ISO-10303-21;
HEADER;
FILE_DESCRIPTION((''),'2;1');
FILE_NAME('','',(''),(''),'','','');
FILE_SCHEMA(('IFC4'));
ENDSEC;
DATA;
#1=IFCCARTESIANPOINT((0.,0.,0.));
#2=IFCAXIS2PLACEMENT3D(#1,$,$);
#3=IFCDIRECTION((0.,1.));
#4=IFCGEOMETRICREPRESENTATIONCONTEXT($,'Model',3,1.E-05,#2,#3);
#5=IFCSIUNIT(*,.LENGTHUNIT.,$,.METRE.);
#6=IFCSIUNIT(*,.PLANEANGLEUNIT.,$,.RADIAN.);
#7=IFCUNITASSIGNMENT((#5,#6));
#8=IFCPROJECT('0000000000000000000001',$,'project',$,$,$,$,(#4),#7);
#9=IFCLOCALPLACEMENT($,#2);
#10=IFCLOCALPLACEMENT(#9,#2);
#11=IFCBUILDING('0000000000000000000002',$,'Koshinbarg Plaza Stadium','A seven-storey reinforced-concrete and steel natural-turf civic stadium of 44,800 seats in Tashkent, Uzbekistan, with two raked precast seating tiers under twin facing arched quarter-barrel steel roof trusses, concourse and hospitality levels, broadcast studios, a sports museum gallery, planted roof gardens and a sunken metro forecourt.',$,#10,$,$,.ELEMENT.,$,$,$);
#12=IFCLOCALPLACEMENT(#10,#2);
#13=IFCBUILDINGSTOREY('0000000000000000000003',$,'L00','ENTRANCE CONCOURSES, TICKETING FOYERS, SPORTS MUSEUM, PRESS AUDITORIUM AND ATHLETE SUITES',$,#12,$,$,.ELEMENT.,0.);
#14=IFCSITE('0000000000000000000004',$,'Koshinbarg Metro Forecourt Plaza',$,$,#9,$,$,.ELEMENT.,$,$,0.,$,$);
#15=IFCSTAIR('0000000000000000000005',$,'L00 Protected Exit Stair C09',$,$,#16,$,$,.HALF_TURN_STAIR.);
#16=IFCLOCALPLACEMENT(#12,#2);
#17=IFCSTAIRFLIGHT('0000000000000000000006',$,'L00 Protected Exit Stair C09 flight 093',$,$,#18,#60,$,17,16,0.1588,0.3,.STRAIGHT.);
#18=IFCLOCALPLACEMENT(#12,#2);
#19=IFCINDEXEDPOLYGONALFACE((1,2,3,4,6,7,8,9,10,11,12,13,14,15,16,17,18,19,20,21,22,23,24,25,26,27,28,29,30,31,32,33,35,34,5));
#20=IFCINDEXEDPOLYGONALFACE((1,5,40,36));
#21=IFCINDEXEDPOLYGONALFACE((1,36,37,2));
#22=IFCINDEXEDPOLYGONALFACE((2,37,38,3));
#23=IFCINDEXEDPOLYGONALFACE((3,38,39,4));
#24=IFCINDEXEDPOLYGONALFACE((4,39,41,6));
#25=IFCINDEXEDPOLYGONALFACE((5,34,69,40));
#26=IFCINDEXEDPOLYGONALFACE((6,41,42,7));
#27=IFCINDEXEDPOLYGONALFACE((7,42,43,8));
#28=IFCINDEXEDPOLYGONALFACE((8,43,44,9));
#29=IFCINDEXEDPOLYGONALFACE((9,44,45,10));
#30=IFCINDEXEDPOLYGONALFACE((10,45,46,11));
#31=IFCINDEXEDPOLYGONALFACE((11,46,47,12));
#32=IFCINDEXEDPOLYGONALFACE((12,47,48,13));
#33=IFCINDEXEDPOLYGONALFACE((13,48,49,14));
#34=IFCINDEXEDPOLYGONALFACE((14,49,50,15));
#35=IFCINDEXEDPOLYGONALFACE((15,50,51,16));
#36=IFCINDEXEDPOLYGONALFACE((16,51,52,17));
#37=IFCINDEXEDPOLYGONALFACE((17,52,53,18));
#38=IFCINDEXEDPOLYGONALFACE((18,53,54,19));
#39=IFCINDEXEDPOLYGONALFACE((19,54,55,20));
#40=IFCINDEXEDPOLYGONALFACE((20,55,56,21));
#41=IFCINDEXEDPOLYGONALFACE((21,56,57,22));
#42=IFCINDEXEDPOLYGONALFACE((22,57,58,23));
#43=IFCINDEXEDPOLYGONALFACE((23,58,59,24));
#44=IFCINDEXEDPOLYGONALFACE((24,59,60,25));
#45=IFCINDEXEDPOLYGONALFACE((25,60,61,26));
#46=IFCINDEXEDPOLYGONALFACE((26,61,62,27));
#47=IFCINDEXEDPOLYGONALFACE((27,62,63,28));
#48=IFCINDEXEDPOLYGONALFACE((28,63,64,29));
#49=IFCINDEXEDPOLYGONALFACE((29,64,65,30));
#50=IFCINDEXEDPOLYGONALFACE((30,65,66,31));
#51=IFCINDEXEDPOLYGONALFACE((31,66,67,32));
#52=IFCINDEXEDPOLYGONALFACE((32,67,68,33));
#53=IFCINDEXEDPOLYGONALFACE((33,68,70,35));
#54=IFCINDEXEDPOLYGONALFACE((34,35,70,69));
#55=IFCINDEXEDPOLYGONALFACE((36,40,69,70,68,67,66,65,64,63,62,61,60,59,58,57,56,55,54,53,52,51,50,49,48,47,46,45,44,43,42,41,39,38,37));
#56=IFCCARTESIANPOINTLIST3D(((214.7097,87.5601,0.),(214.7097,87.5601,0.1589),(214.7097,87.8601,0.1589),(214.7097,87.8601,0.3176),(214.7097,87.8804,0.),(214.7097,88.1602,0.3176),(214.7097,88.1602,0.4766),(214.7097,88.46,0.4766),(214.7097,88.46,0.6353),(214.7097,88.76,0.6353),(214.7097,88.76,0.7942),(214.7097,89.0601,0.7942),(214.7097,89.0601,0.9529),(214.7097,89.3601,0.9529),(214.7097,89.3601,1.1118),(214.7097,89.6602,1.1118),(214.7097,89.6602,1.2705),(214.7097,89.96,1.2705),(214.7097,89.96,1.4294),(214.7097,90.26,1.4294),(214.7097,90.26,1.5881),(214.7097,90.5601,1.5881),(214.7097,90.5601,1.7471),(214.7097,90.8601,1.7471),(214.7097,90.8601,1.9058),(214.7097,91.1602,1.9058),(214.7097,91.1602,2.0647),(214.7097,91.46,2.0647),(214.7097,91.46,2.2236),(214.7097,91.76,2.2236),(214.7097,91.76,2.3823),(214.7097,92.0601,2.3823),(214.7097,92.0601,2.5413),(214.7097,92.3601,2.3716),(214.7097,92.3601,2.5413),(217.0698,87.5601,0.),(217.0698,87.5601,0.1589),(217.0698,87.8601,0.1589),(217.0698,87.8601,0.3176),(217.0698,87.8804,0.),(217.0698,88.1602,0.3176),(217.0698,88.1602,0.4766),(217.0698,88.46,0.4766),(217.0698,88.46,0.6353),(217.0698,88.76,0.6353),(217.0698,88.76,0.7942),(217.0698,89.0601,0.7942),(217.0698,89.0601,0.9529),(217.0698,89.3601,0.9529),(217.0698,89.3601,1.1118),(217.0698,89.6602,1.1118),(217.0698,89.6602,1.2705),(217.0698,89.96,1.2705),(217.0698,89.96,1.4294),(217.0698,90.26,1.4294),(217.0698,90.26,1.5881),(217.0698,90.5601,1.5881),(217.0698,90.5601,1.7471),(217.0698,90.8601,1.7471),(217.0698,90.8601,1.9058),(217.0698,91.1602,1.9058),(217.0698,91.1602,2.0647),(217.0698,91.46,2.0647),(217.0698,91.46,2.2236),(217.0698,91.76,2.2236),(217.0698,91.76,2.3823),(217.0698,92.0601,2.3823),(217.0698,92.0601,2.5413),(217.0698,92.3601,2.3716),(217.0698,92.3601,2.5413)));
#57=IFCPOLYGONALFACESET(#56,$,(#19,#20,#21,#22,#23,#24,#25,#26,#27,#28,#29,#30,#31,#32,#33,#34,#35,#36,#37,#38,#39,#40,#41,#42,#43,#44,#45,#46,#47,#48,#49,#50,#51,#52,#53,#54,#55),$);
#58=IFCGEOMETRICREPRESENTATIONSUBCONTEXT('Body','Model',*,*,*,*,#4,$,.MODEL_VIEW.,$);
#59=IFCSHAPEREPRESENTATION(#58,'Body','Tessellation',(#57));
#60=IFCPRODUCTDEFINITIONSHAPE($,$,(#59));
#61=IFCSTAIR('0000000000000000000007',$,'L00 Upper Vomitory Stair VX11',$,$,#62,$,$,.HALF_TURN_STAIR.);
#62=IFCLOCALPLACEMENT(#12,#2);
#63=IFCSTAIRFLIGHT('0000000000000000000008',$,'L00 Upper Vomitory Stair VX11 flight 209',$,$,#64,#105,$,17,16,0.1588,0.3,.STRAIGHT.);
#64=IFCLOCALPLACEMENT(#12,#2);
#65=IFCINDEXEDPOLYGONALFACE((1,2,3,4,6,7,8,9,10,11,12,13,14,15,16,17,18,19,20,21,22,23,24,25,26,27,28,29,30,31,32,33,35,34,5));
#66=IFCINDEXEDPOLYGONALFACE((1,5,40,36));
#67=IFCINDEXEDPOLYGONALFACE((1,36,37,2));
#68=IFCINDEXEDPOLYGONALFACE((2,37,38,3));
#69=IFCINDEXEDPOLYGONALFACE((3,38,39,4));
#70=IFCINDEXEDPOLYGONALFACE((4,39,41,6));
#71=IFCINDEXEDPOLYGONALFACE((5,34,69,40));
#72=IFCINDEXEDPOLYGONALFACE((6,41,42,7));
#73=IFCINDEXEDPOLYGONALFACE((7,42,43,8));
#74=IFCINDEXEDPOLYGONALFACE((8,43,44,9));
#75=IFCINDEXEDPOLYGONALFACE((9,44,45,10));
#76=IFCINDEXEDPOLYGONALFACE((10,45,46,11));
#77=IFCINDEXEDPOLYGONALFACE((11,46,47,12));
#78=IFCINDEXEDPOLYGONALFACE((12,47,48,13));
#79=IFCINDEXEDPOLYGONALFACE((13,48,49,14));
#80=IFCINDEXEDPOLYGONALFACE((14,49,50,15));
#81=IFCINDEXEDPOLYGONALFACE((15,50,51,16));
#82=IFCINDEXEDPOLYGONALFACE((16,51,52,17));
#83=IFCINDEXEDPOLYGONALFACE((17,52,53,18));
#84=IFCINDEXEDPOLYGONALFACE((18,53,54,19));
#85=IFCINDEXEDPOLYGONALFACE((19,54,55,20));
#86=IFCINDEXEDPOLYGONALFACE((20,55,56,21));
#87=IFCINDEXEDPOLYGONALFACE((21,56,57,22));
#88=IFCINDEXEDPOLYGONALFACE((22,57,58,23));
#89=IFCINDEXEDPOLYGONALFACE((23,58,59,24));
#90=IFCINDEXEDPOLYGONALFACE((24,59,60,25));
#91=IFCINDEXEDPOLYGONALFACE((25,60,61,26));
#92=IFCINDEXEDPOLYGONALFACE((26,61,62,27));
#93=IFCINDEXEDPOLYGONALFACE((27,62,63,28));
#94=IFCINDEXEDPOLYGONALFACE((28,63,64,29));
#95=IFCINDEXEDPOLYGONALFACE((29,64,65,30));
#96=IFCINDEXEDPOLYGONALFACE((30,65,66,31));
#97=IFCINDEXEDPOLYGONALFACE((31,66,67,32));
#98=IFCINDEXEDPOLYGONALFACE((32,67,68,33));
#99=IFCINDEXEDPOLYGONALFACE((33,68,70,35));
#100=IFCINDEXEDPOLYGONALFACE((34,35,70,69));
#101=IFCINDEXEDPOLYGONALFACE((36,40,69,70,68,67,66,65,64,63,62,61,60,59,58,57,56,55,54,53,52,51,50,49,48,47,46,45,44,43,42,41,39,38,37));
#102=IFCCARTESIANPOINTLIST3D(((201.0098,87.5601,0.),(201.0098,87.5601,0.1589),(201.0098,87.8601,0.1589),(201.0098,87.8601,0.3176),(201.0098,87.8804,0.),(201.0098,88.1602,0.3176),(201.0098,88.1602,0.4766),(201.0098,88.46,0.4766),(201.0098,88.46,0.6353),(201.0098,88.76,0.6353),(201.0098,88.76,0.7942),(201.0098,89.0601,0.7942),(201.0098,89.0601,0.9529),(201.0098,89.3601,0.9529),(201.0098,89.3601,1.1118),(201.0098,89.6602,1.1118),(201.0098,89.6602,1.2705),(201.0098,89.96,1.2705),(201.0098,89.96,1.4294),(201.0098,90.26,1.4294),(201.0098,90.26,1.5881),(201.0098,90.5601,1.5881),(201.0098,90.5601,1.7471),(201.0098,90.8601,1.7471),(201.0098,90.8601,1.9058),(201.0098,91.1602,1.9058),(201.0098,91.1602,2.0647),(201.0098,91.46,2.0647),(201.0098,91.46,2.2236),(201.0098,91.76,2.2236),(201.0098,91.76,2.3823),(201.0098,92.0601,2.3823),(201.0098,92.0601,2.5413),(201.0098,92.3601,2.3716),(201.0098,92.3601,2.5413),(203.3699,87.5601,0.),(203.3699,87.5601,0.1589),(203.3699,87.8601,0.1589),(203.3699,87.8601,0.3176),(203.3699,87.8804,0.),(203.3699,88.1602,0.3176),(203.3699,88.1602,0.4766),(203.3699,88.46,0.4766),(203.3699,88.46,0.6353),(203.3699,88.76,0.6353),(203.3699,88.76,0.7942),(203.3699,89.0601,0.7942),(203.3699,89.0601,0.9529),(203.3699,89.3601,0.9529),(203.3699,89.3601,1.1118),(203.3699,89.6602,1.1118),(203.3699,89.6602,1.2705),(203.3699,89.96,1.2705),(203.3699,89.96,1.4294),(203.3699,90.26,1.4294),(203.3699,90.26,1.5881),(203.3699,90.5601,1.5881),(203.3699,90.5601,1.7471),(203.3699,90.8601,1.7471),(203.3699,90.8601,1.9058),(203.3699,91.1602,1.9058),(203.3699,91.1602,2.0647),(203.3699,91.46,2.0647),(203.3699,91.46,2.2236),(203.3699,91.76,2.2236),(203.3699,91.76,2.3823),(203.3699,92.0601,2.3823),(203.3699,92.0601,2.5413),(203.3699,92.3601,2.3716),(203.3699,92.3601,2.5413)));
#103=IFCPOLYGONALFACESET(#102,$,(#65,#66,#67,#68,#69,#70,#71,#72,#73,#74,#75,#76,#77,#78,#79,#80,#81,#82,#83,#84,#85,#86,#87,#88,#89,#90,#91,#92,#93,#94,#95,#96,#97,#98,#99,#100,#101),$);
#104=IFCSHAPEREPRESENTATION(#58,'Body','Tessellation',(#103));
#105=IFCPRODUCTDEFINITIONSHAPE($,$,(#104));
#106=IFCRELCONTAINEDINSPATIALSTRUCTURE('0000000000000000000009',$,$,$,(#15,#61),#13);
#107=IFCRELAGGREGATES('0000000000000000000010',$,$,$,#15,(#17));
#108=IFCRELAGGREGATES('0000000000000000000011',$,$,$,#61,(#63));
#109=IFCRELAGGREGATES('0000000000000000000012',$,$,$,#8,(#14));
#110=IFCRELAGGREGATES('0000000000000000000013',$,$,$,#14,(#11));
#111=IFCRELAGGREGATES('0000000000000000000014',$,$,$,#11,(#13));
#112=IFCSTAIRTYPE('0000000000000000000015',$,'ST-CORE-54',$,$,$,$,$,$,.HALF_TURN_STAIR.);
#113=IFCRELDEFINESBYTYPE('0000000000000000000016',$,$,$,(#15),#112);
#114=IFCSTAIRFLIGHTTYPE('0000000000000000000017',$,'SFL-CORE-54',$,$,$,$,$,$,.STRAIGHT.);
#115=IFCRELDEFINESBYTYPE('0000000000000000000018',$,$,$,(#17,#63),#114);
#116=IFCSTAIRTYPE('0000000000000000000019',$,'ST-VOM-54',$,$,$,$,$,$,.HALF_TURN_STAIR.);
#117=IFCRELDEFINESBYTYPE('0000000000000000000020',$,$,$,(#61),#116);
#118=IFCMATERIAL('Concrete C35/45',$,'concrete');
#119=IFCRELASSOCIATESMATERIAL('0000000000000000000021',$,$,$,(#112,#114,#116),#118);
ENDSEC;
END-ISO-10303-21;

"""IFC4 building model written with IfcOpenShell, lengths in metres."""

from ifc_helpers import new_model, si_unit, direction, frame, origin, place, context, subcontext, project, spatial, polyline, outline, extrude, material, type_object, element, aggregate, save


model = new_model("IFC4")

# Units and contexts
model_context = context("Model", 3, precision=1e-05, world=origin(), true_north=direction((0.0, 1.0)))
body_context = subcontext(model_context, "Body", "Model", "MODEL_VIEW")
ifc_project = project(units=[si_unit("LENGTHUNIT", "METRE"), si_unit("PLANEANGLEUNIT", "RADIAN")], contexts=[model_context])

# Site, building, storey
site_placement = place(None, origin())
site = spatial("IfcSite", under=ifc_project, at=site_placement, Name="Koshinbarg Metro Forecourt Plaza", CompositionType="ELEMENT", RefElevation=0.0)
building_placement = place(site_placement, origin())
building = spatial("IfcBuilding", under=site, at=building_placement, Name="Koshinbarg Plaza Stadium", Description="A seven-storey reinforced-concrete and steel natural-turf civic stadium of 44,800 seats in Tashkent, Uzbekistan, with two raked precast seating tiers under twin facing arched quarter-barrel steel roof trusses, concourse and hospitality levels, broadcast studios, a sports museum gallery, planted roof gardens and a sunken metro forecourt.", CompositionType="ELEMENT")
storey_placement = place(building_placement, origin())
storey = spatial("IfcBuildingStorey", under=building, at=storey_placement, Name="L00", Description="ENTRANCE CONCOURSES, TICKETING FOYERS, SPORTS MUSEUM, PRESS AUDITORIUM AND ATHLETE SUITES", CompositionType="ELEMENT", Elevation=0.0)

# Shared definitions
ifc_material_1 = material(Name="Concrete C35/45", Category="concrete")

# Stairs, stair flights
stair_type_1 = type_object("IfcStairType", Name="ST-CORE-54", PredefinedType="HALF_TURN_STAIR", material=ifc_material_1)
stair_1_placement = place(storey_placement, origin())
stair_1 = element("IfcStair", 1, at=stair_1_placement, inside=storey, type_object=stair_type_1, Name="L00 Protected Exit Stair C09", PredefinedType="HALF_TURN_STAIR")
stair_flight_type = type_object("IfcStairFlightType", Name="SFL-CORE-54", PredefinedType="STRAIGHT", material=ifc_material_1)
stair_flight_1_placement = place(storey_placement, frame((215.8899, 87.5601, 0.0), z_axis=(0.0, 0.0, 1.0), x_axis=(0.0, 1.0, 0.0)))
stair_flight_1 = element("IfcStairFlight", 2, at=stair_flight_1_placement, type_object=stair_flight_type, Name="L00 Protected Exit Stair C09 flight 093", NumberOfRisers=17, NumberOfTreads=16, PredefinedType="STRAIGHT", RiserHeight=0.1588, TreadLength=0.3, context=body_context, shape_type="SweptSolid", body=[
    extrude(outline(polyline([(0.0, 0.0), (0.0, 0.1589), (0.3, 0.1589), (0.3, 0.3176), (0.6001, 0.3176), (0.6001, 0.4766), (0.8999, 0.4766), (0.8999, 0.6353), (1.2, 0.6353), (1.2, 0.7942), (1.5, 0.7942), (1.5, 0.9529), (1.8, 0.9529), (1.8, 1.1118), (2.1001, 1.1118), (2.1001, 1.2705), (2.3999, 1.2705), (2.3999, 1.4294), (2.7, 1.4294), (2.7, 1.5881), (3.0, 1.5881), (3.0, 1.7471), (3.3, 1.7471), (3.3, 1.9058), (3.6001, 1.9058), (3.6001, 2.0647), (3.8999, 2.0647), (3.8999, 2.2236), (4.2, 2.2236), (4.2, 2.3823), (4.5, 2.3823), (4.5, 2.5413), (4.8, 2.5413), (4.8, 2.7), (4.8, 2.3716), (0.3203, 0.0), (0.0, 0.0)])), frame((0.0, 1.1802, 0.0), z_axis=(0.0, -1.0, 0.0), x_axis=(1.0, 0.0, 0.0)), (0.0, 0.0, 1.0), 2.3601),
])
aggregate(stair_1, [stair_flight_1])
stair_type_2 = type_object("IfcStairType", Name="ST-VOM-54", PredefinedType="HALF_TURN_STAIR", material=ifc_material_1)
stair_2_placement = place(storey_placement, origin())
stair_2 = element("IfcStair", 3, at=stair_2_placement, inside=storey, type_object=stair_type_2, Name="L00 Upper Vomitory Stair VX11", PredefinedType="HALF_TURN_STAIR")
stair_flight_2_placement = place(storey_placement, frame((202.1899, 87.5601, 0.0), z_axis=(0.0, 0.0, 1.0), x_axis=(0.0, 1.0, 0.0)))
stair_flight_2 = element("IfcStairFlight", 4, at=stair_flight_2_placement, type_object=stair_flight_type, Name="L00 Upper Vomitory Stair VX11 flight 209", NumberOfRisers=17, NumberOfTreads=16, PredefinedType="STRAIGHT", RiserHeight=0.1588, TreadLength=0.3, context=body_context, shape_type="SweptSolid", body=[
    extrude(outline(polyline([(0.0, 0.0), (0.0, 0.1589), (0.3, 0.1589), (0.3, 0.3176), (0.6001, 0.3176), (0.6001, 0.4766), (0.8999, 0.4766), (0.8999, 0.6353), (1.2, 0.6353), (1.2, 0.7942), (1.5, 0.7942), (1.5, 0.9529), (1.8, 0.9529), (1.8, 1.1118), (2.1001, 1.1118), (2.1001, 1.2705), (2.3999, 1.2705), (2.3999, 1.4294), (2.7, 1.4294), (2.7, 1.5881), (3.0, 1.5881), (3.0, 1.7471), (3.3, 1.7471), (3.3, 1.9058), (3.6001, 1.9058), (3.6001, 2.0647), (3.8999, 2.0647), (3.8999, 2.2236), (4.2, 2.2236), (4.2, 2.3823), (4.5, 2.3823), (4.5, 2.5413), (4.8, 2.5413), (4.8, 2.7), (4.8, 2.3716), (0.3203, 0.0), (0.0, 0.0)])), frame((0.0, 1.1802, 0.0), z_axis=(0.0, -1.0, 0.0), x_axis=(1.0, 0.0, 0.0)), (0.0, 0.0, 1.0), 2.3601),
])
aggregate(stair_2, [stair_flight_2])

save(model, "model.ifc")
